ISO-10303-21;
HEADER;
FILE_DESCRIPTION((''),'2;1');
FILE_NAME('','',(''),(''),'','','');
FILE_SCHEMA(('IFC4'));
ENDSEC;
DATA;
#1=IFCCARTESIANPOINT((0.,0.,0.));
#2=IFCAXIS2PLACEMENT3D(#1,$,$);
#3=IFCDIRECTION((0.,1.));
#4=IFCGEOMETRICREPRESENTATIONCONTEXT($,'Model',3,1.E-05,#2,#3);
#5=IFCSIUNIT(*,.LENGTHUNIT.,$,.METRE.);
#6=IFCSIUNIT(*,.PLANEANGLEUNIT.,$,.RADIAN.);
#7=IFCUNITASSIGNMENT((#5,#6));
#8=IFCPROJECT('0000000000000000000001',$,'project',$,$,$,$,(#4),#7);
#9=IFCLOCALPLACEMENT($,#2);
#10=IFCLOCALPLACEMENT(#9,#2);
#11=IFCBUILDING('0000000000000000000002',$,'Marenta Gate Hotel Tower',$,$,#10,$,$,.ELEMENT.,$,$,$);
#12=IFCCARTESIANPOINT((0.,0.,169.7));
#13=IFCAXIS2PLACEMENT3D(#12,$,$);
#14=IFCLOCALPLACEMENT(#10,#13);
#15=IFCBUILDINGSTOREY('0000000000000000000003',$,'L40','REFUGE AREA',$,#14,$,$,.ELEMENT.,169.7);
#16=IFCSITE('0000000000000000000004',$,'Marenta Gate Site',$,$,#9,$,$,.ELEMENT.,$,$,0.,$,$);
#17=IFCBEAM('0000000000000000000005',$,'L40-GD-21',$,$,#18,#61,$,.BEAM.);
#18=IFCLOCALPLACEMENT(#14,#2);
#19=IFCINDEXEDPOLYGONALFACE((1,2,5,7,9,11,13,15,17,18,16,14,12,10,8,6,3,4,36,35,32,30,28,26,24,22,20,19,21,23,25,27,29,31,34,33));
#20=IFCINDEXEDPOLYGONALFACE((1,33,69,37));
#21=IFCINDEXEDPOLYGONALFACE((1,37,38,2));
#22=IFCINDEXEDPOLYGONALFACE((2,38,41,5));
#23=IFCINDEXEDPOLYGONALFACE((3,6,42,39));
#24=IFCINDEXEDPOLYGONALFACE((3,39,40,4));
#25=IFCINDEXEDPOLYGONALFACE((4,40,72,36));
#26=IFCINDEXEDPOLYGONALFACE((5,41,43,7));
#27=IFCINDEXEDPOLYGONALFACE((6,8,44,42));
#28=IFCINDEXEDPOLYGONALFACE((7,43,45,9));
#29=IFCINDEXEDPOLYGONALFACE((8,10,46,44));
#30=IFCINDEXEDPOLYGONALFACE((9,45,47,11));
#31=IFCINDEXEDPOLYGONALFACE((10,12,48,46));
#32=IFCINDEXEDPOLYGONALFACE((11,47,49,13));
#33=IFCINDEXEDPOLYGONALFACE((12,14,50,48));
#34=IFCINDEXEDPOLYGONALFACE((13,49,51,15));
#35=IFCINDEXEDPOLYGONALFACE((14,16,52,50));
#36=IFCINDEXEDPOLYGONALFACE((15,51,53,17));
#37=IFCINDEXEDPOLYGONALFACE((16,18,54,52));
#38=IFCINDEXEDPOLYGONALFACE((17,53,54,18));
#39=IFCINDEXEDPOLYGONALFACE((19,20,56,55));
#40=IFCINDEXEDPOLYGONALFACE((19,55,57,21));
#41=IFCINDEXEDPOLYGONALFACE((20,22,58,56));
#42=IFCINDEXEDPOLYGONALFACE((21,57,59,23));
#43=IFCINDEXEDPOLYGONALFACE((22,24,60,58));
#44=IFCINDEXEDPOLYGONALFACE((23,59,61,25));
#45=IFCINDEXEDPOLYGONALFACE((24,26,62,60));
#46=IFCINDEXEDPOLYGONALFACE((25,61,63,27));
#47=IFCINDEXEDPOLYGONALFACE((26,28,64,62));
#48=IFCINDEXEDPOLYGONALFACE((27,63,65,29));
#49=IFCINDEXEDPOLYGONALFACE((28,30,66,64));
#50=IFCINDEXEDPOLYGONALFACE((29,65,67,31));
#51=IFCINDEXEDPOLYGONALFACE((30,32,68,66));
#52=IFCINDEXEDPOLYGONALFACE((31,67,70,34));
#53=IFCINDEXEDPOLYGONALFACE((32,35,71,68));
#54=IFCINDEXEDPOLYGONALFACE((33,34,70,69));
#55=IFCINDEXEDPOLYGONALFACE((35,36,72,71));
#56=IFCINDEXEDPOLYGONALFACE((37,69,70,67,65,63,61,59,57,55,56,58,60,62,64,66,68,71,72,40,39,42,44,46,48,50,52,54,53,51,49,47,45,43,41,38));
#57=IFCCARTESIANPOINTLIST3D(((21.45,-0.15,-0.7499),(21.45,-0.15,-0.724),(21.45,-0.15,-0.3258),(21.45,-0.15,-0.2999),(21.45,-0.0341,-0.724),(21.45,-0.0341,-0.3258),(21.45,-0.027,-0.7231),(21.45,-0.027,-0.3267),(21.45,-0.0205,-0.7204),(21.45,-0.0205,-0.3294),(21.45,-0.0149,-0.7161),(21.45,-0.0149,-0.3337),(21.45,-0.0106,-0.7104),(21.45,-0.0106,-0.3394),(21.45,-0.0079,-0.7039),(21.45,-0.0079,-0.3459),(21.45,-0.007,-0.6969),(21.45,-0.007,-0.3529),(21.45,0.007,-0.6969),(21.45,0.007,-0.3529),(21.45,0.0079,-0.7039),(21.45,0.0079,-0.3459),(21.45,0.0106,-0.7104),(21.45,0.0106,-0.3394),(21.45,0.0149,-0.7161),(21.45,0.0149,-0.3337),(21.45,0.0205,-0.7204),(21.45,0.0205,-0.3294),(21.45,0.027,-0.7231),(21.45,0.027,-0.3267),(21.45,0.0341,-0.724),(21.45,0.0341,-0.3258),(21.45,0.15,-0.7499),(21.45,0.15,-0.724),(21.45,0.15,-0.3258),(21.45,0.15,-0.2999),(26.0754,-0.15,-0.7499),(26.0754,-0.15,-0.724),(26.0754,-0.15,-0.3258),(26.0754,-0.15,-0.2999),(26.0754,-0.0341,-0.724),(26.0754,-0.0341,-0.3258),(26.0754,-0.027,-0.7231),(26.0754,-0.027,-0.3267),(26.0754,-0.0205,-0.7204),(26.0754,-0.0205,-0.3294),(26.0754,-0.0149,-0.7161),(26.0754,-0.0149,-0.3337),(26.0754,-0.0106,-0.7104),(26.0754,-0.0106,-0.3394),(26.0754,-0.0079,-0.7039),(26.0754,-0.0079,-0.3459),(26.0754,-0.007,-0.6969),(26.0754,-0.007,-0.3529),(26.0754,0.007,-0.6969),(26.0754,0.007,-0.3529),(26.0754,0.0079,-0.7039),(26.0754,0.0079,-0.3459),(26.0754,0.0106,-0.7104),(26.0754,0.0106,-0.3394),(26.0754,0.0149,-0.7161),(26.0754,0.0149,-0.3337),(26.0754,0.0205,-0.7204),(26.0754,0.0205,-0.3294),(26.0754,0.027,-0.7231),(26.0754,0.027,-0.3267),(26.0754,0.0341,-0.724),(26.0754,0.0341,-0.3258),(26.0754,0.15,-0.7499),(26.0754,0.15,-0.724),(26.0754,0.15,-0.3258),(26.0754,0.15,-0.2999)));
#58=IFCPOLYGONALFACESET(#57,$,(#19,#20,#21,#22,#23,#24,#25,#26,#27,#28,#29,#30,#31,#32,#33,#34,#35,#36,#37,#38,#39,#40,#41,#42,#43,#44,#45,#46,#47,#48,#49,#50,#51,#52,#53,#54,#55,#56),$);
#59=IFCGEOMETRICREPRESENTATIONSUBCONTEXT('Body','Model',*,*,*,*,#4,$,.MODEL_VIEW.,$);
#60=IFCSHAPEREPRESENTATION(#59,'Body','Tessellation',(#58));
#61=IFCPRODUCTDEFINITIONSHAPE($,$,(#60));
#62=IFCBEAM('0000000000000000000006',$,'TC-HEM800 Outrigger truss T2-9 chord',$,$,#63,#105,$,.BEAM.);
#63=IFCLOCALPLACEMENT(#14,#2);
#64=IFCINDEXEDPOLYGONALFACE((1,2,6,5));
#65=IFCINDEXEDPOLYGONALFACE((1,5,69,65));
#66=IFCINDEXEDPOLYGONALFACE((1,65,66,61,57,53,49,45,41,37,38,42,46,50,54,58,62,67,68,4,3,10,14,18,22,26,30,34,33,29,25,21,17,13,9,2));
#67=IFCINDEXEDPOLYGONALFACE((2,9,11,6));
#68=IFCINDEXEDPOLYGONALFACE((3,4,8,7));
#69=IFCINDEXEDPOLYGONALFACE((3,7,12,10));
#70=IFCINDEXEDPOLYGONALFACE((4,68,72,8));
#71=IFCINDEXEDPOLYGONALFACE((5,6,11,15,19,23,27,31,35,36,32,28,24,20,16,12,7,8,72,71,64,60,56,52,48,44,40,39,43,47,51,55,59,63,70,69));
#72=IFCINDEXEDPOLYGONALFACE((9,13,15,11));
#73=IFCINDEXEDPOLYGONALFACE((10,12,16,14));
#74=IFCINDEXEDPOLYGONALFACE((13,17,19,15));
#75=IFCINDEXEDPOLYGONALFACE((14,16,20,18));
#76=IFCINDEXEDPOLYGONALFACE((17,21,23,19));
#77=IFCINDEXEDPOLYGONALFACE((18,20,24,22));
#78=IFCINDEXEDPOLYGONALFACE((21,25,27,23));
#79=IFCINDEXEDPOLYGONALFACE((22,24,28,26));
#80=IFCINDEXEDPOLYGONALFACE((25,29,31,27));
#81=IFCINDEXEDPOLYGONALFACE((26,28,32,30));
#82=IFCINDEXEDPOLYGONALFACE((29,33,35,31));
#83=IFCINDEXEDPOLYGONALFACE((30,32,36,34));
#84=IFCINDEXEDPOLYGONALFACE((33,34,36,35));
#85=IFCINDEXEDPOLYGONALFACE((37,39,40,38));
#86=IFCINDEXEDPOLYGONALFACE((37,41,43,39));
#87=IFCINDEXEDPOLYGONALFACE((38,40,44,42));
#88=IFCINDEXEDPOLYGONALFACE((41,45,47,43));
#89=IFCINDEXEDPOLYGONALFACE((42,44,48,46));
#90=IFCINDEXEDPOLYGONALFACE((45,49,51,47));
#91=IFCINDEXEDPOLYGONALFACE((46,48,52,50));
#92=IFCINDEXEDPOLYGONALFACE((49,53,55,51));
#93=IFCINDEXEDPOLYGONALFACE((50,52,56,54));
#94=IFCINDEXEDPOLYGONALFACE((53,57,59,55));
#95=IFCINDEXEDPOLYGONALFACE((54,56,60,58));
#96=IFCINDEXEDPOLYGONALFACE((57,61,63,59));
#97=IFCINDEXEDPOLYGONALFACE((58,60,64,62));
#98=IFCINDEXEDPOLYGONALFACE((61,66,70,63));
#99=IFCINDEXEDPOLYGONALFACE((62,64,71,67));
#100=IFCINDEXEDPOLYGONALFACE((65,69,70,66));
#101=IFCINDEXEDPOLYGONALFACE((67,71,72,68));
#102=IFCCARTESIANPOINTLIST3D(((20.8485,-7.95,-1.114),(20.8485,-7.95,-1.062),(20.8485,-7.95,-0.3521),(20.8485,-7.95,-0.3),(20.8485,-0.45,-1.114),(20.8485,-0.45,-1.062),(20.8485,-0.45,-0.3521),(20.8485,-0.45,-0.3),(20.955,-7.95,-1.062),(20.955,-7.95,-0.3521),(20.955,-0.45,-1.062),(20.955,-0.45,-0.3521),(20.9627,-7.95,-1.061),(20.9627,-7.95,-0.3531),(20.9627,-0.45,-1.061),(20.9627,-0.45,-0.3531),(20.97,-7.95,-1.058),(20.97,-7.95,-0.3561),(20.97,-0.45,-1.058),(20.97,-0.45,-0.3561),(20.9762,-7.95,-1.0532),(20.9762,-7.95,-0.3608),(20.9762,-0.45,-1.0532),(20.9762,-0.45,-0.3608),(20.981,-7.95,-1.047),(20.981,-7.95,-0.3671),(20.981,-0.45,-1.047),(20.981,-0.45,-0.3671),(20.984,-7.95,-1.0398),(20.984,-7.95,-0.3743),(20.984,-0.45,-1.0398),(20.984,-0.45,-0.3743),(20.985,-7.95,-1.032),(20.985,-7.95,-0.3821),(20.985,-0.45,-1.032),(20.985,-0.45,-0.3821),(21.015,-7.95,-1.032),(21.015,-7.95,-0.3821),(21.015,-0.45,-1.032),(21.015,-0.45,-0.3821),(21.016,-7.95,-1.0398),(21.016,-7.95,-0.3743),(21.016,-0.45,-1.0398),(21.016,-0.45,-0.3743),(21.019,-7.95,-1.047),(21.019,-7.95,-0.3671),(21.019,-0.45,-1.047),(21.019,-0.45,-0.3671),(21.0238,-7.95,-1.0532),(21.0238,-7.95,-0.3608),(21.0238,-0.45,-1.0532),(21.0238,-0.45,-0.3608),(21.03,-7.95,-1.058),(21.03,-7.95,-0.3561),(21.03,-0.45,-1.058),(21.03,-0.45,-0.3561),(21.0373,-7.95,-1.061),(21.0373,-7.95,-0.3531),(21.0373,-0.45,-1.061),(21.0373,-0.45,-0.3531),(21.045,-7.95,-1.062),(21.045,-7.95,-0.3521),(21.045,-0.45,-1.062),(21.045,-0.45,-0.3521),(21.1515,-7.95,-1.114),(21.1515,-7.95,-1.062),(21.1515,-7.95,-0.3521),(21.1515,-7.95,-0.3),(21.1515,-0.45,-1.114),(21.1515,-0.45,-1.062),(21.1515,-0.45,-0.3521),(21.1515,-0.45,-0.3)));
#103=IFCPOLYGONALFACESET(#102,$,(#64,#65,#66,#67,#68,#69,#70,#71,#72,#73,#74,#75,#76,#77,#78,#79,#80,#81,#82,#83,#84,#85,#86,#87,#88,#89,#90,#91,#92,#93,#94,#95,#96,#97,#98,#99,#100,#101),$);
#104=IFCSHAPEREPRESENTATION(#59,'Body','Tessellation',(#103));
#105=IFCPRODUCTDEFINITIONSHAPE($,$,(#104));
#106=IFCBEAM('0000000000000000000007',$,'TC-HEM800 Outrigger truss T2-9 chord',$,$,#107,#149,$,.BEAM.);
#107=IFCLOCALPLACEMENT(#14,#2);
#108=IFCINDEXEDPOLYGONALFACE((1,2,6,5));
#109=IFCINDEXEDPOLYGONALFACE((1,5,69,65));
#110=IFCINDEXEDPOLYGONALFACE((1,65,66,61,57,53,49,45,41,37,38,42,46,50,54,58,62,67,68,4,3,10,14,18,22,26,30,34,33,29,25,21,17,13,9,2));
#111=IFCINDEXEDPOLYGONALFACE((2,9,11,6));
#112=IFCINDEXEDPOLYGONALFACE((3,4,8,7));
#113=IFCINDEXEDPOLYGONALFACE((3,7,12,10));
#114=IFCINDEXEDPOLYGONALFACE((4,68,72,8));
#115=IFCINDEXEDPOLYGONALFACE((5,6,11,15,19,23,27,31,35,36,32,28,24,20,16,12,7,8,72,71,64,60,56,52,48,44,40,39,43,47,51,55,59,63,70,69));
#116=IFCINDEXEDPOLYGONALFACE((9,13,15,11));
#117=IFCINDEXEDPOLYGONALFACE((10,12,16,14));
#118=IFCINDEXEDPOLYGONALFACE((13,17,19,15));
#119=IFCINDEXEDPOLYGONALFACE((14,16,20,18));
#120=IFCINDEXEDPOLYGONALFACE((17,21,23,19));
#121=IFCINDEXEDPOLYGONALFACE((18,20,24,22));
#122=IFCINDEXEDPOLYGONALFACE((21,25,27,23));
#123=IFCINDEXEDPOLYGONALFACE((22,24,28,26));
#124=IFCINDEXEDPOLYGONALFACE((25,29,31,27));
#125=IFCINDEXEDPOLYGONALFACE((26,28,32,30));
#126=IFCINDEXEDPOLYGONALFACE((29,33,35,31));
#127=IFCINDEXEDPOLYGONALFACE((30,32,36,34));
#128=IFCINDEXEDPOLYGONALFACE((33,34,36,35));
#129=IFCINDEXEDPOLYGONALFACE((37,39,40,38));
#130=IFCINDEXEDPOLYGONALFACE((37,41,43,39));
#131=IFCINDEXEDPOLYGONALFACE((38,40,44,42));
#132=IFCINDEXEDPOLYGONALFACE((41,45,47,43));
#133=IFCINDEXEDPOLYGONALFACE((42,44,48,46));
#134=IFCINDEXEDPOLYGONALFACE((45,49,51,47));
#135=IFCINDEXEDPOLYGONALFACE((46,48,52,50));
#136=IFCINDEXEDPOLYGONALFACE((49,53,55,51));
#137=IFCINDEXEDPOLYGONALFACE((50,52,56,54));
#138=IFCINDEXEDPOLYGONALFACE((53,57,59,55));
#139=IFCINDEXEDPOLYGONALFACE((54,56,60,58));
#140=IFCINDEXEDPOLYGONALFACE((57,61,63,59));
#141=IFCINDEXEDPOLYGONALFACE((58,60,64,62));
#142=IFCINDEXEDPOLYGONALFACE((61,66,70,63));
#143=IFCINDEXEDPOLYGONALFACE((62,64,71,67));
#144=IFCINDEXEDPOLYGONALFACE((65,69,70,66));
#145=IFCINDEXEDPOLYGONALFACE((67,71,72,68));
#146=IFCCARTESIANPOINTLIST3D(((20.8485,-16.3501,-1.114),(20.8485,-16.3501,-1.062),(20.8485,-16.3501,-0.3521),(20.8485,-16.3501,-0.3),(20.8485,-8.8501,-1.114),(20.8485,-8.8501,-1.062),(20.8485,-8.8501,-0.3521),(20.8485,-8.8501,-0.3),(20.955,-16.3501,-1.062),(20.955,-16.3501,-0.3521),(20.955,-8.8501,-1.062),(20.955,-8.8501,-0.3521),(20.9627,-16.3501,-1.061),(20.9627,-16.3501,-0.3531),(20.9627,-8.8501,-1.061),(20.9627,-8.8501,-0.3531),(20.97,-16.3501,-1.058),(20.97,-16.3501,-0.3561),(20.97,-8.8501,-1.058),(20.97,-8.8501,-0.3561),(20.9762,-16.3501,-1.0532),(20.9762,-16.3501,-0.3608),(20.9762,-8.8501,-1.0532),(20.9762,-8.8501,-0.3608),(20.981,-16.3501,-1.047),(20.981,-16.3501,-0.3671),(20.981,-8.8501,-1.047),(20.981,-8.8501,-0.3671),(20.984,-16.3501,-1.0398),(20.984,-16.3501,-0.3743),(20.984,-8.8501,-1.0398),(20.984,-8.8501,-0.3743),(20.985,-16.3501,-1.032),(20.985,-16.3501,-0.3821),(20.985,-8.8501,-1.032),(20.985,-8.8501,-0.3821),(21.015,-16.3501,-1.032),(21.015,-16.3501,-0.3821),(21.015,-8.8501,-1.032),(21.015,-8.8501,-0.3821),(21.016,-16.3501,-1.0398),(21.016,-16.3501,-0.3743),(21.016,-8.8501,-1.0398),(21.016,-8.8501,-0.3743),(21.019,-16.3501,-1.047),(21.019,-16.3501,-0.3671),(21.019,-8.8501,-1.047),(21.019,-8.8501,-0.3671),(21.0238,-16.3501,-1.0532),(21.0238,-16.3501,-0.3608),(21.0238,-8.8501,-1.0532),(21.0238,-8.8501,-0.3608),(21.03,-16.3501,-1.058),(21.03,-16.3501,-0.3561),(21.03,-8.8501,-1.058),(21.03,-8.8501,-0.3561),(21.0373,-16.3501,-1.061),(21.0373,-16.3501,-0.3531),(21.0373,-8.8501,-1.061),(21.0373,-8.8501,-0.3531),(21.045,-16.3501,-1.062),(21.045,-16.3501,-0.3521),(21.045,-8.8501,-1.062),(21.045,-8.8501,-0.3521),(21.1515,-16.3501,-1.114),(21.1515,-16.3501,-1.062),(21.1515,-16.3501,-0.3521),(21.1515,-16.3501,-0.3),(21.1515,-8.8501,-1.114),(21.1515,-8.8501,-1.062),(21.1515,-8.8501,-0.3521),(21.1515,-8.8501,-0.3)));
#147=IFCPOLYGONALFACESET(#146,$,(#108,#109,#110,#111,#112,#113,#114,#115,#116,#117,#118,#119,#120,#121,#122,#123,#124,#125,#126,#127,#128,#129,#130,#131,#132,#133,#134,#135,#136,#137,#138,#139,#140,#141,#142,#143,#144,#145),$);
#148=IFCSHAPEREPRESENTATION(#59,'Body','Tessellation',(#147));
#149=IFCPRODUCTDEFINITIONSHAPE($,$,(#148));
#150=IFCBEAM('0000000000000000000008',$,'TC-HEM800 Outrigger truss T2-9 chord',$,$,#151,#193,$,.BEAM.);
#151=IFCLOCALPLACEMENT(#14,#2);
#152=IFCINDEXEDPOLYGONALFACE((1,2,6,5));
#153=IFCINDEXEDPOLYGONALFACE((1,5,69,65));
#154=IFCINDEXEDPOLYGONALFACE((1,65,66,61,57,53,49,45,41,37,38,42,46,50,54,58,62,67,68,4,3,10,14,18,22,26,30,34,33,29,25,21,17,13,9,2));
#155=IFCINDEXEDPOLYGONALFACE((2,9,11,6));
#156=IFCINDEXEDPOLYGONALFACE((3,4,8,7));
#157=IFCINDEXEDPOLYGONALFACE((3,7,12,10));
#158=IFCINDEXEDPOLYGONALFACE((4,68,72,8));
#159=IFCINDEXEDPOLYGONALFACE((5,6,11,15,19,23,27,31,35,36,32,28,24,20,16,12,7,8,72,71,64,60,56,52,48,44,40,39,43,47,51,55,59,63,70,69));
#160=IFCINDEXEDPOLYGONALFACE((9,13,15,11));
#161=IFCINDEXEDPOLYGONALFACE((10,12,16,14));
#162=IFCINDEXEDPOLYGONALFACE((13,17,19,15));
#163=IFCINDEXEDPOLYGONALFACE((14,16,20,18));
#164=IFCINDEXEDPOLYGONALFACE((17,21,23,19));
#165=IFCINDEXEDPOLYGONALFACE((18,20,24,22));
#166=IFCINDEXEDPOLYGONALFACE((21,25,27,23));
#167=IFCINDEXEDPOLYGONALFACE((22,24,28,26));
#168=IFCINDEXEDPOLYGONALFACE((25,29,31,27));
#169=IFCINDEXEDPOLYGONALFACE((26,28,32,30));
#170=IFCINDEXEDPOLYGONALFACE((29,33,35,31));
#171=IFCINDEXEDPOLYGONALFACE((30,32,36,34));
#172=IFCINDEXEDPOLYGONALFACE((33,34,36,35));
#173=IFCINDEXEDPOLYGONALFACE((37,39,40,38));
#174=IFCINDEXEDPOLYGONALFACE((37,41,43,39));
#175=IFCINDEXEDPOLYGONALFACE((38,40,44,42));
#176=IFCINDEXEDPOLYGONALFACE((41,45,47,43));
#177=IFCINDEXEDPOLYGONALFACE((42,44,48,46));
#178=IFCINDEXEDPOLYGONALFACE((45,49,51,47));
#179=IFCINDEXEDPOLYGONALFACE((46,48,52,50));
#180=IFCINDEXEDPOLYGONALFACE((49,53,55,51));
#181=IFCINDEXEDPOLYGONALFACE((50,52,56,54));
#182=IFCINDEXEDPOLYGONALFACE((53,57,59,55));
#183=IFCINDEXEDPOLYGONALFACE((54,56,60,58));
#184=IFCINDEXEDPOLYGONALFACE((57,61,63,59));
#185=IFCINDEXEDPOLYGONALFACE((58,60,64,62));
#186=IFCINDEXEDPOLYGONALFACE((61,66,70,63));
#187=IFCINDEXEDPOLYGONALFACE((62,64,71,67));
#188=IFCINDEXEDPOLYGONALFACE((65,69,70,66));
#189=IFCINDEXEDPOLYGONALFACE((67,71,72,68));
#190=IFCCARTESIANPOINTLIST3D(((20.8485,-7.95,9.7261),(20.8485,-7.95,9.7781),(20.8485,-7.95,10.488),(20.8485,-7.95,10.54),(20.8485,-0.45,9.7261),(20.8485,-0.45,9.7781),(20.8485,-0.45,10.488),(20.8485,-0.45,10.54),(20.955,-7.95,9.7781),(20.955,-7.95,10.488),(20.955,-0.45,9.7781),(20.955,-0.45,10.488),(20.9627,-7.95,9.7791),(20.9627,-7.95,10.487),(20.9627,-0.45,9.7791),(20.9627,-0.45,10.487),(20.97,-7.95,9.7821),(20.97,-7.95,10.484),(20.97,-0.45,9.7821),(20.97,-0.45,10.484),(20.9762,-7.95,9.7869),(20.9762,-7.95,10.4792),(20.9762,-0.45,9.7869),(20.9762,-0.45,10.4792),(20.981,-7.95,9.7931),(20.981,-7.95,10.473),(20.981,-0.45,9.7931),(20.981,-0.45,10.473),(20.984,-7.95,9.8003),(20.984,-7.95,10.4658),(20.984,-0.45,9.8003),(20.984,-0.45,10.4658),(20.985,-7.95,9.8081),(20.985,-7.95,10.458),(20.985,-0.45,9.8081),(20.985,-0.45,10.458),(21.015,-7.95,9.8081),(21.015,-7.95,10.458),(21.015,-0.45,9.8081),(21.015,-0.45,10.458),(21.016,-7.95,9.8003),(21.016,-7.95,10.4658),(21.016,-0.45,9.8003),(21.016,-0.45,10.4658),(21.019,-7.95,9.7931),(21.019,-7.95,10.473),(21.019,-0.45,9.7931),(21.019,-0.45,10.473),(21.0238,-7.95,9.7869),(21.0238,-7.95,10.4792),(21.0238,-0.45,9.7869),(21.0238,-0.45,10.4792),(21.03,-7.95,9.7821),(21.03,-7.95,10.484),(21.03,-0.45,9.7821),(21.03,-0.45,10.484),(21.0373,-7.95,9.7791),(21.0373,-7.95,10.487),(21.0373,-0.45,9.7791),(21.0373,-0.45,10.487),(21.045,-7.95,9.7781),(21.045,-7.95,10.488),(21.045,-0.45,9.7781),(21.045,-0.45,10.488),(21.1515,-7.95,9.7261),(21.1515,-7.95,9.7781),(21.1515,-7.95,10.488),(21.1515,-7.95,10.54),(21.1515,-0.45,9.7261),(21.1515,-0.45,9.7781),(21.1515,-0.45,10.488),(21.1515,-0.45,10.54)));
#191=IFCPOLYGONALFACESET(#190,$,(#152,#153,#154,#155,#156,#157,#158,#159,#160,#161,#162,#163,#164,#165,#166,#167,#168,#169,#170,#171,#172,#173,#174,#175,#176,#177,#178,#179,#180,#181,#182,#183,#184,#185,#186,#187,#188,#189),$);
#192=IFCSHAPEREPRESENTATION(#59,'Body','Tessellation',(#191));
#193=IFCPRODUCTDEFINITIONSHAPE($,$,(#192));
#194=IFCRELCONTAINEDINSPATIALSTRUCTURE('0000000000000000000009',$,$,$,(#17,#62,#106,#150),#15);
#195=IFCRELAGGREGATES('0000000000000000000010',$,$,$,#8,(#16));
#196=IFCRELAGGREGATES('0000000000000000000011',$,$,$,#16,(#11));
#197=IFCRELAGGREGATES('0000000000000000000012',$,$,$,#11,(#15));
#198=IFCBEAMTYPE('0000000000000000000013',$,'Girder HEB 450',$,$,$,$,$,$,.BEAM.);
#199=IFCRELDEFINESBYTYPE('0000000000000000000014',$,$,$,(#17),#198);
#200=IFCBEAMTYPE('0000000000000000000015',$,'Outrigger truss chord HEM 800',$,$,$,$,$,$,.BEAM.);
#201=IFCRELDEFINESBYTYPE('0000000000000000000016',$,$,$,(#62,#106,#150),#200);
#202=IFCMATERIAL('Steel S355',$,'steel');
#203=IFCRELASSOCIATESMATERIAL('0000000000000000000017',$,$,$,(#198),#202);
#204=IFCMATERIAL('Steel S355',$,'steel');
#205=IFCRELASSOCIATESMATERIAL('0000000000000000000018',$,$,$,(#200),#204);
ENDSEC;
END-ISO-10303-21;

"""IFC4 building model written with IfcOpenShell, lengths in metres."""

from ifc_helpers import new_model, si_unit, direction, frame, origin, origin_2d, place, context, subcontext, project, spatial, i_section, extrude, material, material_profile, profile_set, type_object, element, save


model = new_model("IFC4")

# Units and contexts
model_context = context("Model", 3, precision=1e-05, world=origin(), true_north=direction((0.0, 1.0)))
body_context = subcontext(model_context, "Body", "Model", "MODEL_VIEW")
ifc_project = project(units=[si_unit("LENGTHUNIT", "METRE"), si_unit("PLANEANGLEUNIT", "RADIAN")], contexts=[model_context])

# Site, building, storey
site_placement = place(None, origin())
site = spatial("IfcSite", under=ifc_project, at=site_placement, Name="Marenta Gate Site", CompositionType="ELEMENT", RefElevation=0.0)
building_placement = place(site_placement, origin())
building = spatial("IfcBuilding", under=site, at=building_placement, Name="Marenta Gate Hotel Tower", CompositionType="ELEMENT")
storey_placement = place(building_placement, frame((0.0, 0.0, 169.7)))
storey = spatial("IfcBuildingStorey", under=building, at=storey_placement, Name="L40", Description="REFUGE AREA", CompositionType="ELEMENT", Elevation=169.7)

# Beams
ifc_material_1 = material(Name="Steel S355", Category="steel")
ifc_material_profile_1 = material_profile(ifc_material_1, i_section(OverallWidth=0.3, OverallDepth=0.45, WebThickness=0.0139, FlangeThickness=0.0259, FilletRadius=0.0271, at=origin_2d()), Name="HEB 450")
ifc_profile_set_1 = profile_set([ifc_material_profile_1], Name="Steel S355")
beam_type_1 = type_object("IfcBeamType", Name="Girder HEB 450", PredefinedType="BEAM", material=ifc_profile_set_1)
beam_1_placement = place(storey_placement, frame((21.45, 0.0, -0.5249), z_axis=(1.0, 0.0, 0.0), x_axis=(0.0, 1.0, 0.0)))
element("IfcBeam", 1, at=beam_1_placement, inside=storey, type_object=beam_type_1, Name="L40-GD-21", PredefinedType="BEAM", context=body_context, shape_type="SweptSolid", body=[
    extrude(i_section(OverallWidth=0.3, OverallDepth=0.45, WebThickness=0.0139, FlangeThickness=0.0259, FilletRadius=0.0271, at=origin_2d()), origin(), (0.0, 0.0, 1.0), 4.6255),
])
ifc_material_2 = material(Name="Steel S355", Category="steel")
ifc_material_profile_2 = material_profile(ifc_material_2, i_section(OverallWidth=0.303, OverallDepth=0.814, WebThickness=0.03, FlangeThickness=0.052, FilletRadius=0.03, at=origin_2d()), Name="HEM 800")
ifc_profile_set_2 = profile_set([ifc_material_profile_2], Name="Steel S355")
beam_type_2 = type_object("IfcBeamType", Name="Outrigger truss chord HEM 800", PredefinedType="BEAM", material=ifc_profile_set_2)
for number, where, z_axis, x_axis, name in (
    (2, (21.0, -0.45, -0.707), (0.0, -1.0, 0.0), (1.0, 0.0, 0.0), "TC-HEM800 Outrigger truss T2-9 chord"),
    (3, (21.0, -8.8501, -0.707), (0.0, -1.0, 0.0), (1.0, 0.0, 0.0), "TC-HEM800 Outrigger truss T2-9 chord"),
    (4, (21.0, -0.45, 10.1331), (0.0, -1.0, 0.0), (1.0, 0.0, 0.0), "TC-HEM800 Outrigger truss T2-9 chord"),
):
    element("IfcBeam", number, at=place(storey_placement, frame(where, z_axis=z_axis, x_axis=x_axis)), inside=storey, type_object=beam_type_2, Name=name, PredefinedType="BEAM", context=body_context, shape_type="SweptSolid", body=[
        extrude(i_section(OverallWidth=0.303, OverallDepth=0.814, WebThickness=0.03, FlangeThickness=0.052, FilletRadius=0.03, at=origin_2d()), origin(), (0.0, 0.0, 1.0), 7.5),
    ])

save(model, "model.ifc")
